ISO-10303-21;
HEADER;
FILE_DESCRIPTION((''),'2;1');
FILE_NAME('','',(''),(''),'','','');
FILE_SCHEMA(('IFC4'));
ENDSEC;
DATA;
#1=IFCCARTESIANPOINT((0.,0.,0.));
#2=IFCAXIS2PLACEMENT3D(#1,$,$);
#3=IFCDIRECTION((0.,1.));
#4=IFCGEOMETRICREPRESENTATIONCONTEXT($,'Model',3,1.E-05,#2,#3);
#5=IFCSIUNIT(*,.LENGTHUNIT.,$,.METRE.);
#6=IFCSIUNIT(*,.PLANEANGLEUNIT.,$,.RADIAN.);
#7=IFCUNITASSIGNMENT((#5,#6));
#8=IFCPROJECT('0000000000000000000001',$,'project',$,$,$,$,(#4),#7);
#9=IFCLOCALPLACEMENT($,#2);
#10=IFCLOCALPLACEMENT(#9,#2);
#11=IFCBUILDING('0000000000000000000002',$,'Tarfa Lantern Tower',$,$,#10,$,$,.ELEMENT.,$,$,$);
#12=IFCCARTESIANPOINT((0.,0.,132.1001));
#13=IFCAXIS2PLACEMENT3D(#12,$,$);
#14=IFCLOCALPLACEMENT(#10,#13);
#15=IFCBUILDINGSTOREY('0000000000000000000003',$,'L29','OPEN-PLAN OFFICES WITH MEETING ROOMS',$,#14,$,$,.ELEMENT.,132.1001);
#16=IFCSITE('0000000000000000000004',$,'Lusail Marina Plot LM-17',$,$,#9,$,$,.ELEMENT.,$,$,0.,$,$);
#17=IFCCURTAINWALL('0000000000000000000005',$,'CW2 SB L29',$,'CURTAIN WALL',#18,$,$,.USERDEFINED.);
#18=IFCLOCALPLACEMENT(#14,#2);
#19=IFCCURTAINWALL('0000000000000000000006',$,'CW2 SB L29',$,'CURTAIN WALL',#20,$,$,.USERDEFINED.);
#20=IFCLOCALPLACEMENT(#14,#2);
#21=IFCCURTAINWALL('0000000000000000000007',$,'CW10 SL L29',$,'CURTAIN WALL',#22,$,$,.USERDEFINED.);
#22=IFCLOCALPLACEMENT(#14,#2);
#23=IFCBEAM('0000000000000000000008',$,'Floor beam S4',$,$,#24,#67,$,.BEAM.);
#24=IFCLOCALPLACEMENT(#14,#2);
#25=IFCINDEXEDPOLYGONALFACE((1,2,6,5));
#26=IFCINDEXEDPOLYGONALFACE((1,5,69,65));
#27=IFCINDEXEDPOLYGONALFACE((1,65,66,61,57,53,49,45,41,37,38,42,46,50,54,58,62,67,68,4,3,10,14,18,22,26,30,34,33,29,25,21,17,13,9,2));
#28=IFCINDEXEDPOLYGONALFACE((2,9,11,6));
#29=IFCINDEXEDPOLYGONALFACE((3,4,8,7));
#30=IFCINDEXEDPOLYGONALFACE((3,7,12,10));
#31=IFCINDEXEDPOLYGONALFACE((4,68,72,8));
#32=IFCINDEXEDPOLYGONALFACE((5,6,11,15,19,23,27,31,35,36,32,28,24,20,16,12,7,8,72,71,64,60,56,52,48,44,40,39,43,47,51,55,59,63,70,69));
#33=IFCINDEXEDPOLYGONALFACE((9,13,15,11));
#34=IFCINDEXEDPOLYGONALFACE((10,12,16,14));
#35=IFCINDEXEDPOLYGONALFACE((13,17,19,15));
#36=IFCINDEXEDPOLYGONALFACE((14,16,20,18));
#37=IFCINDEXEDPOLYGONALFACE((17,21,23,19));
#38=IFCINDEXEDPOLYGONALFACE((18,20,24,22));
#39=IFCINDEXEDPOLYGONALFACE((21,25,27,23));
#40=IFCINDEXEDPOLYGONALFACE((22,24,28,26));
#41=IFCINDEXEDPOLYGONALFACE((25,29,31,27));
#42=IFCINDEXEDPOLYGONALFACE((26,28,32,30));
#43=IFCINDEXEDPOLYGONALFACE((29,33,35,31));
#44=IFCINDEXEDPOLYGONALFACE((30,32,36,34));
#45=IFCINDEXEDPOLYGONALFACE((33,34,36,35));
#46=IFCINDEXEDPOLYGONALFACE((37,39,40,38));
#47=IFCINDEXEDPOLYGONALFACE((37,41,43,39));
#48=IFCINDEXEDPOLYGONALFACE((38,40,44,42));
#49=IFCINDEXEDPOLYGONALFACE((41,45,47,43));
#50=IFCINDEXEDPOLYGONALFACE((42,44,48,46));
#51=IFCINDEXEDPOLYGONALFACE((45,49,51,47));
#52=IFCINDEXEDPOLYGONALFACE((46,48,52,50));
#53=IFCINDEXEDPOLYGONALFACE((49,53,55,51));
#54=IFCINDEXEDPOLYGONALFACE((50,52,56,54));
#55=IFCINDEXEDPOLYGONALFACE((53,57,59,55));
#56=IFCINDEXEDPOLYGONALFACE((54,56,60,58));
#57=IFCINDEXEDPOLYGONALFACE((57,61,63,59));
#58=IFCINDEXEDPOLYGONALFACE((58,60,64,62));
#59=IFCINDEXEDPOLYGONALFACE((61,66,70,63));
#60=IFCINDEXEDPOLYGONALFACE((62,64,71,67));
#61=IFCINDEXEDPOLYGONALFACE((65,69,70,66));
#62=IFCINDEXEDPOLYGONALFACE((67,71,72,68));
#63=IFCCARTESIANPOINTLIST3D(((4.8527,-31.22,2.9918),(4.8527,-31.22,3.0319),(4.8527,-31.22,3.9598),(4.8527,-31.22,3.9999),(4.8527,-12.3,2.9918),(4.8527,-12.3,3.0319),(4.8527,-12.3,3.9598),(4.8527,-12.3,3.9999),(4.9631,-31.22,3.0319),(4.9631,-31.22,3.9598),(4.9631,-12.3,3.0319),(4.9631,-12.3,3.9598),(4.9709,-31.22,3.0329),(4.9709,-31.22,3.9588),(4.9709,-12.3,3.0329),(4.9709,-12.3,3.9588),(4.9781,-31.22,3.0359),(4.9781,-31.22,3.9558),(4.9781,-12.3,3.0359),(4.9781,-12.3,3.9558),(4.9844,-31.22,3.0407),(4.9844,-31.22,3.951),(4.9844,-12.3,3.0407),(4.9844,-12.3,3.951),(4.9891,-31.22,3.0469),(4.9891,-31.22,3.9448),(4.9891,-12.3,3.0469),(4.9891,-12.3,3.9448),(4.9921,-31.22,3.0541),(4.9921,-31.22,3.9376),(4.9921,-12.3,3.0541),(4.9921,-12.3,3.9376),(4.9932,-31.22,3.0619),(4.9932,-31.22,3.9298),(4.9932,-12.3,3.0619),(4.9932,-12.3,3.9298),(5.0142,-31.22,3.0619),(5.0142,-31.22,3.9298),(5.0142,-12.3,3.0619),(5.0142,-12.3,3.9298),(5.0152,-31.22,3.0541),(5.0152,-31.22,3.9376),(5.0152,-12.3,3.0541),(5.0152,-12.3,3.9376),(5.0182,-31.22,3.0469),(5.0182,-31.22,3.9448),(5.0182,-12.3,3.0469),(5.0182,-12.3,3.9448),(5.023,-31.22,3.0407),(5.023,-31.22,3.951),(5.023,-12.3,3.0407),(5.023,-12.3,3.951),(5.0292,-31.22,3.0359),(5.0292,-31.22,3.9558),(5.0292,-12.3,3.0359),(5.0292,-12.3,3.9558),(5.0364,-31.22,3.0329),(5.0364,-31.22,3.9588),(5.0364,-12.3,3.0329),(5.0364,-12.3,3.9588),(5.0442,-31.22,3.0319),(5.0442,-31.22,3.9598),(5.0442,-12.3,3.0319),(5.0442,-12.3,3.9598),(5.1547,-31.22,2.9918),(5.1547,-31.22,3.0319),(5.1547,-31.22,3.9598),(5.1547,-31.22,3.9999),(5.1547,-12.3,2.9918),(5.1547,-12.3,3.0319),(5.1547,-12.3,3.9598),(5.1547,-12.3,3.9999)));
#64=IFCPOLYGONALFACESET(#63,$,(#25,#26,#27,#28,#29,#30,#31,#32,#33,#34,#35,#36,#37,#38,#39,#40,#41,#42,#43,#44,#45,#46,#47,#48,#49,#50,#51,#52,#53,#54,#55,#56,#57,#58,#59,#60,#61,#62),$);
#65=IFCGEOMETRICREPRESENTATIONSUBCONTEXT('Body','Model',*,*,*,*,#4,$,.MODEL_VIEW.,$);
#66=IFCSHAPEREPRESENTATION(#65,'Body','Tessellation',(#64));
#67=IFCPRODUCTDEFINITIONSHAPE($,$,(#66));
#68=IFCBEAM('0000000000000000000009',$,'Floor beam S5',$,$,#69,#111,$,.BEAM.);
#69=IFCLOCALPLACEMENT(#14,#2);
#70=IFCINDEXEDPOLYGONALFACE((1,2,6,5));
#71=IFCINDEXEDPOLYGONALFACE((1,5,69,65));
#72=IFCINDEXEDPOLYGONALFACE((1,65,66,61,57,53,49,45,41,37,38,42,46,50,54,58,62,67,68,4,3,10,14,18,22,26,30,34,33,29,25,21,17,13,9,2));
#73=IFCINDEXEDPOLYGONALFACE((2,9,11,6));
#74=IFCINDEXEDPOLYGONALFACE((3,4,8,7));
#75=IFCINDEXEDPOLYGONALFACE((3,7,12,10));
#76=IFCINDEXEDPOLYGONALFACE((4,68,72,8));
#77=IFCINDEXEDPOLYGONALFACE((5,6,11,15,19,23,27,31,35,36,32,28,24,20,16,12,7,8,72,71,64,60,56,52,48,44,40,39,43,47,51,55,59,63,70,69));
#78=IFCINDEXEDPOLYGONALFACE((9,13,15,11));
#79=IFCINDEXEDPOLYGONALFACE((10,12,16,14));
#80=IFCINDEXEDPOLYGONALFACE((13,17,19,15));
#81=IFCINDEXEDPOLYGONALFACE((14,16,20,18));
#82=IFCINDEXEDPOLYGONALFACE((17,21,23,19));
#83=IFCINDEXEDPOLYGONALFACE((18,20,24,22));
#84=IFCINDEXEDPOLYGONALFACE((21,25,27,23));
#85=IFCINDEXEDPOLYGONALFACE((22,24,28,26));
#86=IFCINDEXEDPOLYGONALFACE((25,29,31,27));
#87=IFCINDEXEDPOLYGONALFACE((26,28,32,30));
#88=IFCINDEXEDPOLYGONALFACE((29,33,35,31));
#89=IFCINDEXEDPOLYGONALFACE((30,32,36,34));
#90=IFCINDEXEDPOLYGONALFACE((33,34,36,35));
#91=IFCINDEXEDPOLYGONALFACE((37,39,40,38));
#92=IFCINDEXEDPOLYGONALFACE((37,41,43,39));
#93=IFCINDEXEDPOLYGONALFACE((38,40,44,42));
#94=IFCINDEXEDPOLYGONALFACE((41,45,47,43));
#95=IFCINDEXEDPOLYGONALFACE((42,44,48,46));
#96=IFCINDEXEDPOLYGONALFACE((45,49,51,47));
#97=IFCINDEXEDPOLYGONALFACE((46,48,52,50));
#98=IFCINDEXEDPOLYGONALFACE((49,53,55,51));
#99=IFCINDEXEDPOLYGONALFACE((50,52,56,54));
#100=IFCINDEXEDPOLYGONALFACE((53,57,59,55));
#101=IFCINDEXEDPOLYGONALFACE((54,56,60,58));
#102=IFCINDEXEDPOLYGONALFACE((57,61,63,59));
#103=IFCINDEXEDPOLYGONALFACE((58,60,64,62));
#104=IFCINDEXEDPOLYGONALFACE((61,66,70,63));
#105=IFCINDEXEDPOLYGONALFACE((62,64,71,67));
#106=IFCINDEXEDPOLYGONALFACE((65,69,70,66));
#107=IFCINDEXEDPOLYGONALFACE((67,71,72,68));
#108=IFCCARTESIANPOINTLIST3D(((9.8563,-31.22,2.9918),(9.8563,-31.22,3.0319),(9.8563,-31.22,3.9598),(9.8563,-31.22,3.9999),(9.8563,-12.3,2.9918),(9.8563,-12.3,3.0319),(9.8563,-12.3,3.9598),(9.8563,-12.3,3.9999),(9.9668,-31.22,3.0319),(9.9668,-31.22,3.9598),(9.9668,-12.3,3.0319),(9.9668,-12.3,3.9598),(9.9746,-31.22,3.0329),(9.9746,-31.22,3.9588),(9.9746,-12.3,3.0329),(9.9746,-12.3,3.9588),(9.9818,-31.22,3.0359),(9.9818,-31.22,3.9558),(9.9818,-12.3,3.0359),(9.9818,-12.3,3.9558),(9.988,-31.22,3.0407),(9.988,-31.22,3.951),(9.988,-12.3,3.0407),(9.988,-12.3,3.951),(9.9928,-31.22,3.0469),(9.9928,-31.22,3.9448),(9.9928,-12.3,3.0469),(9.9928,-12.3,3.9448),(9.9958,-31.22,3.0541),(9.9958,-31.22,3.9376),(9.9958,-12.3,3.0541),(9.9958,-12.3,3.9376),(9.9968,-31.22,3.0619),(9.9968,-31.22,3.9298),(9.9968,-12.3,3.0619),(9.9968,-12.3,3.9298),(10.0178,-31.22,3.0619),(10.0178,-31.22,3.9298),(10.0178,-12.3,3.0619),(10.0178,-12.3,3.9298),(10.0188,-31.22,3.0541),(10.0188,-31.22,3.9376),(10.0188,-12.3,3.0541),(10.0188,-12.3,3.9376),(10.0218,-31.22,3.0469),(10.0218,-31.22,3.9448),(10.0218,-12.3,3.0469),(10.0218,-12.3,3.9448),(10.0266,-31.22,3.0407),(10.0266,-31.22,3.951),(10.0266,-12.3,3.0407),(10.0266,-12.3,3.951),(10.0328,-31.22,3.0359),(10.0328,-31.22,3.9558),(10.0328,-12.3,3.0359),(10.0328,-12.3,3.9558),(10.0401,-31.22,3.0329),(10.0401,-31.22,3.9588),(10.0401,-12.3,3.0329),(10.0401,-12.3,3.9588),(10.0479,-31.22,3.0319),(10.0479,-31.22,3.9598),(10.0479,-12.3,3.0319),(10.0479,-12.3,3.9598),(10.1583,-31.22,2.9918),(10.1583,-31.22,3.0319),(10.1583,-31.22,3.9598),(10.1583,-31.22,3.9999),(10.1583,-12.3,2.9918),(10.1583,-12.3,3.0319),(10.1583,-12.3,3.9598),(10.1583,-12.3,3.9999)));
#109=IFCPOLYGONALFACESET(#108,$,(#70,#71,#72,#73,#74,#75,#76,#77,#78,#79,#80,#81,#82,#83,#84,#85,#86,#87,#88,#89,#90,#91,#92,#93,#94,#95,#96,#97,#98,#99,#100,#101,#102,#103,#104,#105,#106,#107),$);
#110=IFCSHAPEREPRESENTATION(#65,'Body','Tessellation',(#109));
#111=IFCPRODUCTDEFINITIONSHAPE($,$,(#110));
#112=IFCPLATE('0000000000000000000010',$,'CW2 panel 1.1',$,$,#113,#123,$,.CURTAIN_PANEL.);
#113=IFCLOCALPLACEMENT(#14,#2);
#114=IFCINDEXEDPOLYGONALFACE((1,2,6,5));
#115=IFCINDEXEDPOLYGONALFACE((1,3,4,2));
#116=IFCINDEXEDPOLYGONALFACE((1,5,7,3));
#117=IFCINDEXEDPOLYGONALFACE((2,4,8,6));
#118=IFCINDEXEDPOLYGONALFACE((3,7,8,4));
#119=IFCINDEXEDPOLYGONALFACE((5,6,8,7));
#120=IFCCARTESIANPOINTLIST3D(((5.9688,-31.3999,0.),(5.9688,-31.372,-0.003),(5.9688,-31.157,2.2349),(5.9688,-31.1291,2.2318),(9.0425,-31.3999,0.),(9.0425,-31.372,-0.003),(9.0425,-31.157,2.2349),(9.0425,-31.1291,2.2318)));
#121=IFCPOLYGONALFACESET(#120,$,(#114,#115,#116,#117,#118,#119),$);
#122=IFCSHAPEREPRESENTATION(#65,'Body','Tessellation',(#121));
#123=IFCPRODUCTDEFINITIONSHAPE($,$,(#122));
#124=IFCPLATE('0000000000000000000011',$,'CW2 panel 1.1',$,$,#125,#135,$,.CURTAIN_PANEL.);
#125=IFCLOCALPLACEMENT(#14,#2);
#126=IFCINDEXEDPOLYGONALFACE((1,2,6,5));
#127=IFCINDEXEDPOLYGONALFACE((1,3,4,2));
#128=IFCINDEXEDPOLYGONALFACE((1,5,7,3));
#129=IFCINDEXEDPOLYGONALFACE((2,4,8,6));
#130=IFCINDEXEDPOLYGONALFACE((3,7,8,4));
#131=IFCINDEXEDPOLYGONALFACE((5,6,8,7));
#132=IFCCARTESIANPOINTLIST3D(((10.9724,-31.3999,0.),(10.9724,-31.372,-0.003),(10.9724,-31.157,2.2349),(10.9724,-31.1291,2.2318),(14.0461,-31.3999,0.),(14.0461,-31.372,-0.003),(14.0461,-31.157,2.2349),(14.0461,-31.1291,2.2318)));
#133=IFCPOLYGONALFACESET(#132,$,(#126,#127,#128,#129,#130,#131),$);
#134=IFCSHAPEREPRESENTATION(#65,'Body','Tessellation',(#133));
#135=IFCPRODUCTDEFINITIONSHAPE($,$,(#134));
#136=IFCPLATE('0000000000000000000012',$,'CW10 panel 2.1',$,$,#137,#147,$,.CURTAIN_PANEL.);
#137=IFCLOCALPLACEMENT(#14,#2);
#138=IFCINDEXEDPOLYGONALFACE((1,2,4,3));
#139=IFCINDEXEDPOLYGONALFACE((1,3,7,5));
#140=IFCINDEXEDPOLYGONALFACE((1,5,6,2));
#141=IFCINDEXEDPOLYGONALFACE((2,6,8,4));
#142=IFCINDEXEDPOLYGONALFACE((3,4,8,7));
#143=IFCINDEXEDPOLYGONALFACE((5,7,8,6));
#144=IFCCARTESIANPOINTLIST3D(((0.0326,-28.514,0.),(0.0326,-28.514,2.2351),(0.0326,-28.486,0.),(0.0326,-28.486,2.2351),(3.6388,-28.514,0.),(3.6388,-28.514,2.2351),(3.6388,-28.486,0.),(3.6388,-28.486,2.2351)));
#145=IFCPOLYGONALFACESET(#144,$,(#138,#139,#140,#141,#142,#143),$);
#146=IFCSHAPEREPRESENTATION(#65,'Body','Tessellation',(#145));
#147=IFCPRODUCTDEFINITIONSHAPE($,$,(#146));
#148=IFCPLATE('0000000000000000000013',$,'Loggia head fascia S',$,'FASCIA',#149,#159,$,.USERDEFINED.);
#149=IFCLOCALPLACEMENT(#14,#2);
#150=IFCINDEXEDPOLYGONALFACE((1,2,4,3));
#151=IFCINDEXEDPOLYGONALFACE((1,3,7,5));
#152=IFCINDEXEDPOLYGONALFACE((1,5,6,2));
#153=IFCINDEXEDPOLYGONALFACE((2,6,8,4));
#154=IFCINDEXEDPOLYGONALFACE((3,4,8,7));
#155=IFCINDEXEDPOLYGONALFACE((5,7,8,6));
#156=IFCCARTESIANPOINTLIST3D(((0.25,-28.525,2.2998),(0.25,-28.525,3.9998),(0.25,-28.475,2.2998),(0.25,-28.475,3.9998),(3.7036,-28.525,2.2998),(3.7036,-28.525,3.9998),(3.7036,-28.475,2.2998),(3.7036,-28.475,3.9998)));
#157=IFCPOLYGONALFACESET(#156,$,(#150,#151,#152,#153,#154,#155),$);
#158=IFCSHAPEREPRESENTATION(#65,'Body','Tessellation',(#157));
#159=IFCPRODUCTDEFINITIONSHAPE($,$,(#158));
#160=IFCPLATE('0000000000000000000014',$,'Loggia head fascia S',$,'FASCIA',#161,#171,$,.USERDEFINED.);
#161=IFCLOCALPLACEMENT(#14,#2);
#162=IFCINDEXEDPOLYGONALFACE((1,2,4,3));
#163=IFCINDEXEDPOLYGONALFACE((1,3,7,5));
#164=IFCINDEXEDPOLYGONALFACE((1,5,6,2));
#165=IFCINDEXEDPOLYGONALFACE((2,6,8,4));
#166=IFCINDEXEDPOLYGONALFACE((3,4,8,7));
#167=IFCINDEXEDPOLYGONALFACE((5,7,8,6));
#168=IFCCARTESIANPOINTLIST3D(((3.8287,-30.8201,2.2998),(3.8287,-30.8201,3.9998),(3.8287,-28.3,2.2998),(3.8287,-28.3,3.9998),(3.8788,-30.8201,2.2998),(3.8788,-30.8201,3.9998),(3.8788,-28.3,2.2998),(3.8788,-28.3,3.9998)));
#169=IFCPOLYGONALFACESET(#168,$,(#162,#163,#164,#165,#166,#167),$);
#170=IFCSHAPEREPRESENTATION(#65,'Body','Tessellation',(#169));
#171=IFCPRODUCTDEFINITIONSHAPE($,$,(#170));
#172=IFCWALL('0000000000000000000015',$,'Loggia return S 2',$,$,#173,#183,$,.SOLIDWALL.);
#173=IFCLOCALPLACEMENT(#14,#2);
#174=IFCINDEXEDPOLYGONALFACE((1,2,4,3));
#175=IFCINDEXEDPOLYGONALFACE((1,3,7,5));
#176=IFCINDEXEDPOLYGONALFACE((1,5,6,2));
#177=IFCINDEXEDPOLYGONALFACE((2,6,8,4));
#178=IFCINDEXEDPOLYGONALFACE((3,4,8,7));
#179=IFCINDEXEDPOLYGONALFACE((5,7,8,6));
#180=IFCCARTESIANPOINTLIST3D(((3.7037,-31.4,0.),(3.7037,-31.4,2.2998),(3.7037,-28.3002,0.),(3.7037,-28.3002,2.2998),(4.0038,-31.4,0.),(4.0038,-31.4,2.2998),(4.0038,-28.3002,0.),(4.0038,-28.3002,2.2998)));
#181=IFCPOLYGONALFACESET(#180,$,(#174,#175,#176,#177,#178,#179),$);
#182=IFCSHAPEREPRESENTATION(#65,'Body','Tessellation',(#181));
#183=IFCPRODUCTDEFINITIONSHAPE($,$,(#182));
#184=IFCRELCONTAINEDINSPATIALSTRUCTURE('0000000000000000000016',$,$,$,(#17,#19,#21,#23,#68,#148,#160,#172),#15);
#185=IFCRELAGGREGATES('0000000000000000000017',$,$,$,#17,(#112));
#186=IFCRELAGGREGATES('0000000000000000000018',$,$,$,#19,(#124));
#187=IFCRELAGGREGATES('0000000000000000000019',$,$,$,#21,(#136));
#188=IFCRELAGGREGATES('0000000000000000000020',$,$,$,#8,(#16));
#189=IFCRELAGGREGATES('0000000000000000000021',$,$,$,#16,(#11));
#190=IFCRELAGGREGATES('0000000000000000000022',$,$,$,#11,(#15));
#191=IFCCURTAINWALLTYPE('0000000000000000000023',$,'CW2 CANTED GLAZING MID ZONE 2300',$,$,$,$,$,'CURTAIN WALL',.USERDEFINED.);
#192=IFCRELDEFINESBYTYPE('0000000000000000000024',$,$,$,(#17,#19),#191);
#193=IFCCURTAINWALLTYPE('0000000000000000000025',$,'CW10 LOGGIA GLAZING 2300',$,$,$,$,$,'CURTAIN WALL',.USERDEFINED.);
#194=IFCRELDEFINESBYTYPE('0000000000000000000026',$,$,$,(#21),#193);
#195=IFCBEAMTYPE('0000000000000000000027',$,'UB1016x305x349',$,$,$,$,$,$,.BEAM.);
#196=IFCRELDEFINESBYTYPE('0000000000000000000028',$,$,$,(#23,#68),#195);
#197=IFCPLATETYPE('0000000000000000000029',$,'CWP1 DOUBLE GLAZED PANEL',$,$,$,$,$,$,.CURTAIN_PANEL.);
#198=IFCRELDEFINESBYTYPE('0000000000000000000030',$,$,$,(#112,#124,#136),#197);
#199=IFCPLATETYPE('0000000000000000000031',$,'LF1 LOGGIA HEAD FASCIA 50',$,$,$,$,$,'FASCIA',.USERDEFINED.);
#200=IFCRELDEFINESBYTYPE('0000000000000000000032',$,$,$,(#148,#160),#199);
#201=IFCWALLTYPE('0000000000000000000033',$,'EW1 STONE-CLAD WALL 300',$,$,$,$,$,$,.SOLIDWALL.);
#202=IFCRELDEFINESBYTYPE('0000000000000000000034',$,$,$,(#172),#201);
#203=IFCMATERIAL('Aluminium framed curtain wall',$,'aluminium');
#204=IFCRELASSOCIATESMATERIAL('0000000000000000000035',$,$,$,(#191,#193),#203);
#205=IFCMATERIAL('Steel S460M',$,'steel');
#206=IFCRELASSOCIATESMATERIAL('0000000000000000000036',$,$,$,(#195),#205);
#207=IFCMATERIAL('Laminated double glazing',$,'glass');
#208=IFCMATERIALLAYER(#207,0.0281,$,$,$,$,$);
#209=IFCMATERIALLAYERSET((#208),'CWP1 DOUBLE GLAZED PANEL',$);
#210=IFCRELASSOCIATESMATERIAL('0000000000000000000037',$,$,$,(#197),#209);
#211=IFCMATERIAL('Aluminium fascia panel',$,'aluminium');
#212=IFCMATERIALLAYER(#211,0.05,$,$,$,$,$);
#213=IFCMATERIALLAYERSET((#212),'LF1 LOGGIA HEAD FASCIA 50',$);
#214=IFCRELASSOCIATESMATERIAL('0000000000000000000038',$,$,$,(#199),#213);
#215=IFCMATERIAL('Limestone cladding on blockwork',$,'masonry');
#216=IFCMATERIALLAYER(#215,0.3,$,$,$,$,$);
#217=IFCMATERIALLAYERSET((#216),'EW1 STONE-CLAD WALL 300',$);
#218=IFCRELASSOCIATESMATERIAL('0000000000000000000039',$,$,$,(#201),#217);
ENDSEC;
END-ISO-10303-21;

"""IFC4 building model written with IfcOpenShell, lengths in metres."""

from ifc_helpers import new_model, si_unit, direction, frame, frame_2d, origin, origin_2d, place, context, subcontext, project, spatial, polyline, rectangle, i_section, outline, extrude, material, layer, layer_set, material_profile, profile_set, type_object, element, aggregate, save


model = new_model("IFC4")

# Units and contexts
model_context = context("Model", 3, precision=1e-05, world=origin(), true_north=direction((0.0, 1.0)))
body_context = subcontext(model_context, "Body", "Model", "MODEL_VIEW")
ifc_project = project(units=[si_unit("LENGTHUNIT", "METRE"), si_unit("PLANEANGLEUNIT", "RADIAN")], contexts=[model_context])

# Site, building, storey
site_placement = place(None, origin())
site = spatial("IfcSite", under=ifc_project, at=site_placement, Name="Lusail Marina Plot LM-17", CompositionType="ELEMENT", RefElevation=0.0)
building_placement = place(site_placement, origin())
building = spatial("IfcBuilding", under=site, at=building_placement, Name="Tarfa Lantern Tower", CompositionType="ELEMENT")
storey_placement = place(building_placement, frame((0.0, 0.0, 132.1001)))
storey = spatial("IfcBuildingStorey", under=building, at=storey_placement, Name="L29", Description="OPEN-PLAN OFFICES WITH MEETING ROOMS", CompositionType="ELEMENT", Elevation=132.1001)

# Curtain wall
ifc_material_1 = material(Name="Aluminium framed curtain wall", Category="aluminium")
curtain_wall_type_1 = type_object("IfcCurtainWallType", Name="CW2 CANTED GLAZING MID ZONE 2300", ElementType="CURTAIN WALL", PredefinedType="USERDEFINED", material=ifc_material_1)
curtain_wall_1_placement = place(storey_placement, origin())
curtain_wall_1 = element("IfcCurtainWall", 1, at=curtain_wall_1_placement, inside=storey, type_object=curtain_wall_type_1, Name="CW2 SB L29", ObjectType="CURTAIN WALL", PredefinedType="USERDEFINED")

# Curtain walls
curtain_wall_2_placement = place(storey_placement, origin())
curtain_wall_2 = element("IfcCurtainWall", 2, at=curtain_wall_2_placement, inside=storey, type_object=curtain_wall_type_1, Name="CW2 SB L29", ObjectType="CURTAIN WALL", PredefinedType="USERDEFINED")
curtain_wall_type_2 = type_object("IfcCurtainWallType", Name="CW10 LOGGIA GLAZING 2300", ElementType="CURTAIN WALL", PredefinedType="USERDEFINED", material=ifc_material_1)
curtain_wall_3_placement = place(storey_placement, origin())
curtain_wall_3 = element("IfcCurtainWall", 3, at=curtain_wall_3_placement, inside=storey, type_object=curtain_wall_type_2, Name="CW10 SL L29", ObjectType="CURTAIN WALL", PredefinedType="USERDEFINED")

# Beams
ifc_material_2 = material(Name="Steel S460M", Category="steel")
ifc_material_profile_1 = material_profile(ifc_material_2, i_section(OverallWidth=0.302, OverallDepth=1.0081, WebThickness=0.021, FlangeThickness=0.04, FilletRadius=0.03, at=origin_2d()), Name="UB1016x305x349")
ifc_profile_set_1 = profile_set([ifc_material_profile_1], Name="Steel S460M")
beam_type_1 = type_object("IfcBeamType", Name="UB1016x305x349", PredefinedType="BEAM", material=ifc_profile_set_1)
for number, where, z_axis, x_axis, name in (
    (4, (5.0037, -31.22, 3.4958), (0.0, 1.0, 0.0), (-1.0, 0.0, 0.0), "Floor beam S4"),
    (5, (10.0073, -31.22, 3.4958), (0.0, 1.0, 0.0), (-1.0, 0.0, 0.0), "Floor beam S5"),
):
    element("IfcBeam", number, at=place(storey_placement, frame(where, z_axis=z_axis, x_axis=x_axis)), inside=storey, type_object=beam_type_1, Name=name, PredefinedType="BEAM", context=body_context, shape_type="SweptSolid", body=[
        extrude(i_section(OverallWidth=0.302, OverallDepth=1.0081, WebThickness=0.021, FlangeThickness=0.04, FilletRadius=0.03, at=origin_2d()), origin(), (0.0, 0.0, 1.0), 18.9199),
    ])

# Plates
ifc_material_3 = material(Name="Laminated double glazing", Category="glass")
ifc_layer_1 = layer(ifc_material_3, 0.0281)
ifc_layer_set_1 = layer_set([ifc_layer_1], Name="CWP1 DOUBLE GLAZED PANEL")
plate_type_1 = type_object("IfcPlateType", Name="CWP1 DOUBLE GLAZED PANEL", PredefinedType="CURTAIN_PANEL", material=ifc_layer_set_1)
plate_1_placement = place(storey_placement, frame((5.9688, -31.3999, 0.0), z_axis=(0.0, -0.994144, 0.108059), x_axis=(1.0, 0.0, 0.0)))
plate_1 = element("IfcPlate", 6, at=plate_1_placement, type_object=plate_type_1, Name="CW2 panel 1.1", PredefinedType="CURTAIN_PANEL", context=body_context, shape_type="SweptSolid", body=[
    extrude(outline(polyline([(0.0, 0.0), (3.0737, 0.0), (3.0737, 2.248), (0.0, 2.248), (0.0, 0.0)])), origin(), (0.0, 0.0, -1.0), 0.0281),
])
aggregate(curtain_wall_1, [plate_1])
plate_2_placement = place(storey_placement, frame((10.9724, -31.3999, 0.0), z_axis=(0.0, -0.994144, 0.108059), x_axis=(1.0, 0.0, 0.0)))
plate_2 = element("IfcPlate", 7, at=plate_2_placement, type_object=plate_type_1, Name="CW2 panel 1.1", PredefinedType="CURTAIN_PANEL", context=body_context, shape_type="SweptSolid", body=[
    extrude(outline(polyline([(0.0, 0.0), (3.0737, 0.0), (3.0737, 2.248), (0.0, 2.248), (0.0, 0.0)])), origin(), (0.0, 0.0, -1.0), 0.0281),
])
aggregate(curtain_wall_2, [plate_2])
plate_3_placement = place(storey_placement, frame((1.8357, -28.5, 0.0), z_axis=(0.0, 0.0, 1.0), x_axis=(1.0, 0.0, 0.0)))
plate_3 = element("IfcPlate", 8, at=plate_3_placement, type_object=plate_type_1, Name="CW10 panel 2.1", PredefinedType="CURTAIN_PANEL", context=body_context, shape_type="SweptSolid", body=[
    extrude(rectangle(XDim=3.6062, YDim=0.0281, at=origin_2d()), origin(), (0.0, 0.0, 1.0), 2.2351),
])
aggregate(curtain_wall_3, [plate_3])

# Plates
ifc_material_4 = material(Name="Aluminium fascia panel", Category="aluminium")
ifc_layer_2 = layer(ifc_material_4, 0.05)
ifc_layer_set_2 = layer_set([ifc_layer_2], Name="LF1 LOGGIA HEAD FASCIA 50")
plate_type_2 = type_object("IfcPlateType", Name="LF1 LOGGIA HEAD FASCIA 50", ElementType="FASCIA", PredefinedType="USERDEFINED", material=ifc_layer_set_2)
plate_4_placement = place(storey_placement, frame((1.9768, -28.5, 2.2998), z_axis=(0.0, 0.0, 1.0), x_axis=(1.0, 0.0, 0.0)))
element("IfcPlate", 9, at=plate_4_placement, inside=storey, type_object=plate_type_2, Name="Loggia head fascia S", ObjectType="FASCIA", PredefinedType="USERDEFINED", context=body_context, shape_type="SweptSolid", body=[
    extrude(rectangle(XDim=3.4536, YDim=0.05, at=origin_2d()), origin(), (0.0, 0.0, 1.0), 1.7),
])
plate_5_placement = place(storey_placement, frame((3.8538, -29.5601, 2.2998), z_axis=(0.0, 0.0, 1.0), x_axis=(0.0, 1.0, 0.0)))
element("IfcPlate", 10, at=plate_5_placement, inside=storey, type_object=plate_type_2, Name="Loggia head fascia S", ObjectType="FASCIA", PredefinedType="USERDEFINED", context=body_context, shape_type="SweptSolid", body=[
    extrude(rectangle(XDim=2.52, YDim=0.05, at=origin_2d()), origin(), (0.0, 0.0, 1.0), 1.7),
])

# Wall
ifc_material_5 = material(Name="Limestone cladding on blockwork", Category="masonry")
ifc_layer_3 = layer(ifc_material_5, 0.3)
ifc_layer_set_3 = layer_set([ifc_layer_3], Name="EW1 STONE-CLAD WALL 300")
wall_type_1 = type_object("IfcWallType", Name="EW1 STONE-CLAD WALL 300", PredefinedType="SOLIDWALL", material=ifc_layer_set_3)
wall_1_placement = place(storey_placement, frame((3.8538, -31.3999, 0.0), z_axis=(0.0, 0.0, 1.0), x_axis=(0.0, 1.0, 0.0)))
element("IfcWall", 11, at=wall_1_placement, inside=storey, type_object=wall_type_1, Name="Loggia return S 2", PredefinedType="SOLIDWALL", context=body_context, shape_type="SweptSolid", body=[
    extrude(rectangle(XDim=3.0999, YDim=0.3, at=frame_2d((1.5498, 0.0))), origin(), (0.0, 0.0, 1.0), 2.2998),
])

save(model, "model.ifc")
